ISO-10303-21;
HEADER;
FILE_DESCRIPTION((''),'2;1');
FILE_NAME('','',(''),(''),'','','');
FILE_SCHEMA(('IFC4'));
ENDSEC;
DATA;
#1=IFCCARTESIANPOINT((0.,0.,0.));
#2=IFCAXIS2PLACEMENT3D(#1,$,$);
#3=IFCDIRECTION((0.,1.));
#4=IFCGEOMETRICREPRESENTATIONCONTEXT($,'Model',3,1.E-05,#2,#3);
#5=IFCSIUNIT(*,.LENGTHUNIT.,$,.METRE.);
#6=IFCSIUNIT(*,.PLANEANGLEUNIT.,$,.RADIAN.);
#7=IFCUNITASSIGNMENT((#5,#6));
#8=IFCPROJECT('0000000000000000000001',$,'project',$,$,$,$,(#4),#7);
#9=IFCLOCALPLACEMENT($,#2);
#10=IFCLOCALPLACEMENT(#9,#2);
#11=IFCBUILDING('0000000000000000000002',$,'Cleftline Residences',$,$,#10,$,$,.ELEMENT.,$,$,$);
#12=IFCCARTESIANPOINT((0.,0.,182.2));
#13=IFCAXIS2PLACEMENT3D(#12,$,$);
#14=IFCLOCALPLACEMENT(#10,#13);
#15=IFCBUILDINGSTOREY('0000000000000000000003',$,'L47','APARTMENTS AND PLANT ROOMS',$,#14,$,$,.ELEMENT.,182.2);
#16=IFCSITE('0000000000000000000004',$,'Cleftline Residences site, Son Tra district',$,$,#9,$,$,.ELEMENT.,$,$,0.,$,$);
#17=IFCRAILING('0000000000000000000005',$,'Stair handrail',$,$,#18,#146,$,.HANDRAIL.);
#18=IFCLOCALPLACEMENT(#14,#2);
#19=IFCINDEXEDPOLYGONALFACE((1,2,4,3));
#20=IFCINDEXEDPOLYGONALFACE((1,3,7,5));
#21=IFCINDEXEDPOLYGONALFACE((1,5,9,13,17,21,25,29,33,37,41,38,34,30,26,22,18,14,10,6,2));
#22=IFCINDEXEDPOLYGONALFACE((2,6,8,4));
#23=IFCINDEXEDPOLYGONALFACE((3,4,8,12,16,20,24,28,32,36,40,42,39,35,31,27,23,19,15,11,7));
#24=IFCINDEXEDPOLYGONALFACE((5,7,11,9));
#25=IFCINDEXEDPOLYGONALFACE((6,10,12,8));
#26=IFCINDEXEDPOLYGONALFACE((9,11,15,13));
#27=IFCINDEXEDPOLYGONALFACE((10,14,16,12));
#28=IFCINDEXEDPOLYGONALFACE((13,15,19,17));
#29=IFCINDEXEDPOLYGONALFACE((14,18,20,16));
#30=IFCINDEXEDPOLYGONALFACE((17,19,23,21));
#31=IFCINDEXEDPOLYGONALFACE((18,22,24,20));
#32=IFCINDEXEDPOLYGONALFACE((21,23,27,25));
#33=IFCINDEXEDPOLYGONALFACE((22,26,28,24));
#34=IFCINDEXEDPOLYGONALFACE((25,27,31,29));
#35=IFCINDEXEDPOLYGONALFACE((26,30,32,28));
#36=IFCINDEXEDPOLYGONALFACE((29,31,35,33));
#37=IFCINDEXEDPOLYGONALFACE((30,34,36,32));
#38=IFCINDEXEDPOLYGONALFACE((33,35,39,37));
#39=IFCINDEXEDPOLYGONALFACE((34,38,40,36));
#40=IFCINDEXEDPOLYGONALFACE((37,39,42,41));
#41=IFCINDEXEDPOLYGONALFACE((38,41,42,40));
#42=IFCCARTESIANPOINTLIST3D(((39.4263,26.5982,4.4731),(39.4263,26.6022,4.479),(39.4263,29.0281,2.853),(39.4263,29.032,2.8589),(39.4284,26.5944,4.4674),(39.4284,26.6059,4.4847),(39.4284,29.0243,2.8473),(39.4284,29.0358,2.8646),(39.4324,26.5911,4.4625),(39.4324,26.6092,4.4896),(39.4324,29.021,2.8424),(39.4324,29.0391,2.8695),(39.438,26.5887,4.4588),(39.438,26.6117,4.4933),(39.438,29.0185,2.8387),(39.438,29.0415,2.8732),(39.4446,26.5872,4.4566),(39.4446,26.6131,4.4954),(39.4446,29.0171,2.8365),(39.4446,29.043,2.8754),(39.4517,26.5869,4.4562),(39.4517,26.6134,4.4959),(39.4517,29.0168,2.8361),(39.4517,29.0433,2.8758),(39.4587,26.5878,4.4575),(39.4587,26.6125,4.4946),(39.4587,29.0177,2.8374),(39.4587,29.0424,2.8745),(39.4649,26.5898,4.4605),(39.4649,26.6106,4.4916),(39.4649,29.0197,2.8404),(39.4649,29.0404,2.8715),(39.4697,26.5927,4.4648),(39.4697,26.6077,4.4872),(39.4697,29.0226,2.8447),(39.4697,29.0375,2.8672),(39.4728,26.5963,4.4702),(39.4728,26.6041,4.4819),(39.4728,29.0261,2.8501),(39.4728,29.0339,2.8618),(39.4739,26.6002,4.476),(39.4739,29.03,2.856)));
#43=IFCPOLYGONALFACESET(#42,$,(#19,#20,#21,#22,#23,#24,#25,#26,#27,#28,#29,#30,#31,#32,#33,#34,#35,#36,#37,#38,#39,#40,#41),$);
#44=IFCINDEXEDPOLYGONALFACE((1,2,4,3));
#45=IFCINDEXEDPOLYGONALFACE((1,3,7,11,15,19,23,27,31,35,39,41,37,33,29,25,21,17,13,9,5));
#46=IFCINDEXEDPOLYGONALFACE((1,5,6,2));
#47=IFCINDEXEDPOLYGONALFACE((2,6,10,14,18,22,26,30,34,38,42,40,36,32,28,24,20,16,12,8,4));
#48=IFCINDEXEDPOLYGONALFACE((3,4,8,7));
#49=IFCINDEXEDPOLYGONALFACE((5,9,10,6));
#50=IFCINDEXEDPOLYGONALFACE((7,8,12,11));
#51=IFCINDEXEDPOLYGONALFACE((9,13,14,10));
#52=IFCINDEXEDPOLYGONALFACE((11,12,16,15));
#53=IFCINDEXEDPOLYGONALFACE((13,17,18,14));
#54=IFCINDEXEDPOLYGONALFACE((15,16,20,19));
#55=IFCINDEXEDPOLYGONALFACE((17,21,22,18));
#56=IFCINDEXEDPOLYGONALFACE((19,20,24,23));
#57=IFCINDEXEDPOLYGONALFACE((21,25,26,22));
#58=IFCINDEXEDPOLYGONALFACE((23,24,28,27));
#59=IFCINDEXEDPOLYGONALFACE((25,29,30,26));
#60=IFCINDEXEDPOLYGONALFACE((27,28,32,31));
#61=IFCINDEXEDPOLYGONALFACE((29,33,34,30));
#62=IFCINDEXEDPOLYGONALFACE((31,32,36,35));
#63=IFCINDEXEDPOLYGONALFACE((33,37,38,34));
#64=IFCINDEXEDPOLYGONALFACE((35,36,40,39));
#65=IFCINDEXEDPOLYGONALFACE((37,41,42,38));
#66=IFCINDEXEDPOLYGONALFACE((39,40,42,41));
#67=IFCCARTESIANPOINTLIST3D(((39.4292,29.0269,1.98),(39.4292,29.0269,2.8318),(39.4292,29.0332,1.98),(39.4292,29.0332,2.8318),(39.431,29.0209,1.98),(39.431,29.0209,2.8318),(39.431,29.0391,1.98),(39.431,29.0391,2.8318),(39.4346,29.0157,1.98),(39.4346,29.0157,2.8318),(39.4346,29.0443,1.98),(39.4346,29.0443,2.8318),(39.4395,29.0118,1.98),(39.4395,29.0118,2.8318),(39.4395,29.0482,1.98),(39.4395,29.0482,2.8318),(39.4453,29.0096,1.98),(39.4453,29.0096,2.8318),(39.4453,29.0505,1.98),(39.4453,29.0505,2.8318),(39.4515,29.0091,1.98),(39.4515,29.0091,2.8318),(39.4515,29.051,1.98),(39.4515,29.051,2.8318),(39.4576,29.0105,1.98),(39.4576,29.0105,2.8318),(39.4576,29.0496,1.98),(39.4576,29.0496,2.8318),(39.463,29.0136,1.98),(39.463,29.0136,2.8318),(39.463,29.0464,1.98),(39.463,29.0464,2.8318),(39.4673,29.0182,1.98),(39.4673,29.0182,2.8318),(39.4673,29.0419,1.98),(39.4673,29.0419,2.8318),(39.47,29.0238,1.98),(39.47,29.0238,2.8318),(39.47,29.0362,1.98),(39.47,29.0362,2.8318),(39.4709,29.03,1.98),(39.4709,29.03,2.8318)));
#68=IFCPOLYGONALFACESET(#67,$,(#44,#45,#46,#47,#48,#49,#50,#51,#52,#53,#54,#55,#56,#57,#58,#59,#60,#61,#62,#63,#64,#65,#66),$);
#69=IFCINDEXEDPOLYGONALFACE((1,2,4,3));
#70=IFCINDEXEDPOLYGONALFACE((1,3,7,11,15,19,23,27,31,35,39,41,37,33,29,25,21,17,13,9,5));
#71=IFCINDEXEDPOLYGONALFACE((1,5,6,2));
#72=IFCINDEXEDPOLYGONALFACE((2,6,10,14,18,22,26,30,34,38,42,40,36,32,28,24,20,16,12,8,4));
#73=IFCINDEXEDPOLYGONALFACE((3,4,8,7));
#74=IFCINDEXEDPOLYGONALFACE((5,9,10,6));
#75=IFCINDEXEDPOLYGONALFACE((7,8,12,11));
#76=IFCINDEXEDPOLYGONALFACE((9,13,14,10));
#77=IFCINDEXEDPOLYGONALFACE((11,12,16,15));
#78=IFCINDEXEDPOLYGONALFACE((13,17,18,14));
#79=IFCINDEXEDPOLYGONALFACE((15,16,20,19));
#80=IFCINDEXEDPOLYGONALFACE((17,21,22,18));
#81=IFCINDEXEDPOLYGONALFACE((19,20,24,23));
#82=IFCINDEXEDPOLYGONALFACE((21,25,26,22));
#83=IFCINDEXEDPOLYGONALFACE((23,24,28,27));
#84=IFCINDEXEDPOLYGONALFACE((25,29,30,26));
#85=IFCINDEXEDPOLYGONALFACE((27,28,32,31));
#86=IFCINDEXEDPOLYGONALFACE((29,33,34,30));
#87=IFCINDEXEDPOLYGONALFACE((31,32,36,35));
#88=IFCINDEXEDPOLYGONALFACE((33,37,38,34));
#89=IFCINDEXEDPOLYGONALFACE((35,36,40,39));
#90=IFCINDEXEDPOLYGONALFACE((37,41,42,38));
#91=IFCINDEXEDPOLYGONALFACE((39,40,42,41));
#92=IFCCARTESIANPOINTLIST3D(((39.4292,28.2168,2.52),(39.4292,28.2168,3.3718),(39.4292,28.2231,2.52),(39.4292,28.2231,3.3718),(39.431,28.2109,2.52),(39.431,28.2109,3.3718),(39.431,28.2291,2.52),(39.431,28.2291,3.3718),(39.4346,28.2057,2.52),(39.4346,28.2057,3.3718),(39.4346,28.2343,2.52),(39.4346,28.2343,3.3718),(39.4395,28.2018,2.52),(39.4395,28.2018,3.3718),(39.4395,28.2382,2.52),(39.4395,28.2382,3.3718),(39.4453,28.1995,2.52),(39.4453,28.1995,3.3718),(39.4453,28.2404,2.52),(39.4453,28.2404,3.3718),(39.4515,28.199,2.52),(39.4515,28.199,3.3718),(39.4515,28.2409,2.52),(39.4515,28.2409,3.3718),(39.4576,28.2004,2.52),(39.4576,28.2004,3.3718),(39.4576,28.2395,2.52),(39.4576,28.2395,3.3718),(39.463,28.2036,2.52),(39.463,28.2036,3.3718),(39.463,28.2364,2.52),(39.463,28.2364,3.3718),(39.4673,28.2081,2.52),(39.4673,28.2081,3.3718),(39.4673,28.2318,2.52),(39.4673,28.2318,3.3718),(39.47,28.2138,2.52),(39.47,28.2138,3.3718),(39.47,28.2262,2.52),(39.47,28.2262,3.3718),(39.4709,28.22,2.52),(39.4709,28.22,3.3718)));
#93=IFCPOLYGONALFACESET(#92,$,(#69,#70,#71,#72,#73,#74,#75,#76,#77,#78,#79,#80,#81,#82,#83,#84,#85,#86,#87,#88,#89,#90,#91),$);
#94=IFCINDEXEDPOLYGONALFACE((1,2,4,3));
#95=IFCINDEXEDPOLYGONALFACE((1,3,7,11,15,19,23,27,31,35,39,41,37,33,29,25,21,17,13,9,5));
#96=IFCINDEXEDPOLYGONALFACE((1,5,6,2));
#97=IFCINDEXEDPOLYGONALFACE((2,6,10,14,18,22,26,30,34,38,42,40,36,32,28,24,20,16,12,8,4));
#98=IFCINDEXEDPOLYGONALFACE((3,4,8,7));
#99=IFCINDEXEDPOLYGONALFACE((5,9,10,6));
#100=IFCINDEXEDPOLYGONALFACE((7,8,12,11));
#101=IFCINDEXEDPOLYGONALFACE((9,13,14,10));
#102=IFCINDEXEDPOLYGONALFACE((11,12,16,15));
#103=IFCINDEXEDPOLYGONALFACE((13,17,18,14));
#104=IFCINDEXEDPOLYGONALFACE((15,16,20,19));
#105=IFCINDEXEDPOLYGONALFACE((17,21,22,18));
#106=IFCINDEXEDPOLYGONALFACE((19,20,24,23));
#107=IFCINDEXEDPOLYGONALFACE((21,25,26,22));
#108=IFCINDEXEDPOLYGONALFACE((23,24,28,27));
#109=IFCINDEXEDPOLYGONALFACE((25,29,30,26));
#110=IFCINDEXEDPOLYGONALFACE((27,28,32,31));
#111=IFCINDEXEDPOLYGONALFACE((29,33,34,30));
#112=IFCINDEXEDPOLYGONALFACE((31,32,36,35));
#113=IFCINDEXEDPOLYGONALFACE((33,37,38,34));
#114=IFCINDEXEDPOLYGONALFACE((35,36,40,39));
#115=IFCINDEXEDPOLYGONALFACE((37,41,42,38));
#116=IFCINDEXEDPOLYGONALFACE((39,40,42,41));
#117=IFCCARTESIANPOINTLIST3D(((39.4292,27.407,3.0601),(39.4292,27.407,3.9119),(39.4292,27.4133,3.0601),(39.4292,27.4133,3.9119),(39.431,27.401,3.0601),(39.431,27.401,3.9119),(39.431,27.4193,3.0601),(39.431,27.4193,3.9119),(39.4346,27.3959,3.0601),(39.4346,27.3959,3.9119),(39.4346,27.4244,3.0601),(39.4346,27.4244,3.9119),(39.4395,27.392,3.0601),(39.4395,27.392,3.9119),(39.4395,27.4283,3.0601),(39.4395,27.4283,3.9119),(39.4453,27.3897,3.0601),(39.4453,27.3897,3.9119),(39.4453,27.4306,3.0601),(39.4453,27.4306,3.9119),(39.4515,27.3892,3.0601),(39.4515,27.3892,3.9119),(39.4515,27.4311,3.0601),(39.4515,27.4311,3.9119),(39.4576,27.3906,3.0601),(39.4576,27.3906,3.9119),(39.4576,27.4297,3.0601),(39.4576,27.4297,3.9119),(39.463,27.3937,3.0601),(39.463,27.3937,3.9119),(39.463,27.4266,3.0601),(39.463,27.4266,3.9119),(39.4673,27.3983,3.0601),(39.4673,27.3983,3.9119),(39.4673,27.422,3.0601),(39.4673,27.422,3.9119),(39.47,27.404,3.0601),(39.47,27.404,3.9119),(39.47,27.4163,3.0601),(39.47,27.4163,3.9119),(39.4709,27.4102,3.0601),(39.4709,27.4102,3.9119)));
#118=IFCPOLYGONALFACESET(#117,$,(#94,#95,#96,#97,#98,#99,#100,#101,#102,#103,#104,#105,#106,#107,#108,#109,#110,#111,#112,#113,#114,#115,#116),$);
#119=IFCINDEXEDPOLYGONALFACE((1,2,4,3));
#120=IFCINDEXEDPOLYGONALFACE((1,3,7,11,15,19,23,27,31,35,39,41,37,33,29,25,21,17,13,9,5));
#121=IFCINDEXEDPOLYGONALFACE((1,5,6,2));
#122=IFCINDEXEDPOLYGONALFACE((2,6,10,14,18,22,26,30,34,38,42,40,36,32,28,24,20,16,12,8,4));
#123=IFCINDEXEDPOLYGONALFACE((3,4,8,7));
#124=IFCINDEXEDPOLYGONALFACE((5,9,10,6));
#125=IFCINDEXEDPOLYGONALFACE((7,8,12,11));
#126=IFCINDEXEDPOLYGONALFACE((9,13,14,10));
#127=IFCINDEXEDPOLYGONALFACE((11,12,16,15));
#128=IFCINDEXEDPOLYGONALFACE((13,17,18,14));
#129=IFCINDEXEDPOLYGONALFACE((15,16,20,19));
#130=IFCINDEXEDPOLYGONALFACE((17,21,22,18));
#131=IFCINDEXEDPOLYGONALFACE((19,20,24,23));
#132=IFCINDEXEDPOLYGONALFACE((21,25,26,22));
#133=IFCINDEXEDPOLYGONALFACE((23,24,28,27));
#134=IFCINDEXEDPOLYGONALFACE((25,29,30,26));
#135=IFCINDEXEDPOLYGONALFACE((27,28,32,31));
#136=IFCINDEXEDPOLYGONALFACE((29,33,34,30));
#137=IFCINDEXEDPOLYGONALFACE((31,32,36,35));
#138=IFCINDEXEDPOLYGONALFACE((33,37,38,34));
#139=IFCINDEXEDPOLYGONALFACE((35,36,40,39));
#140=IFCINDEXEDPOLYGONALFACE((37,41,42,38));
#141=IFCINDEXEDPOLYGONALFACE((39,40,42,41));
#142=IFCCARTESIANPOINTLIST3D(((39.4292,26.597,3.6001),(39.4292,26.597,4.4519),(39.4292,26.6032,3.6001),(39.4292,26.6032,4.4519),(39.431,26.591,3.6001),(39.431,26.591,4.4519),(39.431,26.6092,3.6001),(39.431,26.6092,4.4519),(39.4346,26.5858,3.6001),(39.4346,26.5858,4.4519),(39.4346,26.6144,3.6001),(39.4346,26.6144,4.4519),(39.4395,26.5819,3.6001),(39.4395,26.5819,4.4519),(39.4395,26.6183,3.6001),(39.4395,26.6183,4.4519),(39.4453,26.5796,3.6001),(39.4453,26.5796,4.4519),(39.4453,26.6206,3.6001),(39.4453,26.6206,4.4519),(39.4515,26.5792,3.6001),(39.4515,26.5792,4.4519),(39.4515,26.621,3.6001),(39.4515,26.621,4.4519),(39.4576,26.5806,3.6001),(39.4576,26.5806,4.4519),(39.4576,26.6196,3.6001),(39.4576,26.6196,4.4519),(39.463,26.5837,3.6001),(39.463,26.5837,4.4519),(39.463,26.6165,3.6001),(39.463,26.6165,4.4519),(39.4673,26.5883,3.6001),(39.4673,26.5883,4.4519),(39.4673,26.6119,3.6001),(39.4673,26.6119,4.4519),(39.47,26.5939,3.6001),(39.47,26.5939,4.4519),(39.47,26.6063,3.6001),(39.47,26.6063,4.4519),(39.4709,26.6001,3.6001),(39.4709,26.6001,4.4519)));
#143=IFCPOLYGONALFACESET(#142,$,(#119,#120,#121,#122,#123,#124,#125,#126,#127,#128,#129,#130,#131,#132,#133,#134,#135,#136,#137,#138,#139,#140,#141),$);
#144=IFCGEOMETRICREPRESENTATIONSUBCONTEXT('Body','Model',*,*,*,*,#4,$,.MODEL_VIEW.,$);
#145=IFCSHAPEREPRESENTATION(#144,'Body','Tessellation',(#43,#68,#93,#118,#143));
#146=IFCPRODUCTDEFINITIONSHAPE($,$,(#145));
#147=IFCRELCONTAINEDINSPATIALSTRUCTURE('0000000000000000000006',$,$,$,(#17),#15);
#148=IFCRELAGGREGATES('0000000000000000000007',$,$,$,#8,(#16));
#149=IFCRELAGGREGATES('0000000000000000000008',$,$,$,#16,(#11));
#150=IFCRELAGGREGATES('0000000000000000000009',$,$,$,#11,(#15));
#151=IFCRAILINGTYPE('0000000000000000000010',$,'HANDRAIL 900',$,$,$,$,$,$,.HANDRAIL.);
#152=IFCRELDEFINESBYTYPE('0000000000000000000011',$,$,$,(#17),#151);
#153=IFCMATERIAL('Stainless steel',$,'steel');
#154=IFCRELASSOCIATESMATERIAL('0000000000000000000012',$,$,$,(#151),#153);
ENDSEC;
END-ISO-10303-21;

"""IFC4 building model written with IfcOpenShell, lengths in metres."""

from ifc_helpers import new_model, si_unit, direction, frame, origin, origin_2d, place, context, subcontext, project, spatial, circle, extrude, material, type_object, element, save


model = new_model("IFC4")

# Units and contexts
model_context = context("Model", 3, precision=1e-05, world=origin(), true_north=direction((0.0, 1.0)))
body_context = subcontext(model_context, "Body", "Model", "MODEL_VIEW")
ifc_project = project(units=[si_unit("LENGTHUNIT", "METRE"), si_unit("PLANEANGLEUNIT", "RADIAN")], contexts=[model_context])

# Site, building, storey
site_placement = place(None, origin())
site = spatial("IfcSite", under=ifc_project, at=site_placement, Name="Cleftline Residences site, Son Tra district", CompositionType="ELEMENT", RefElevation=0.0)
building_placement = place(site_placement, origin())
building = spatial("IfcBuilding", under=site, at=building_placement, Name="Cleftline Residences", CompositionType="ELEMENT")
storey_placement = place(building_placement, frame((0.0, 0.0, 182.2)))
storey = spatial("IfcBuildingStorey", under=building, at=storey_placement, Name="L47", Description="APARTMENTS AND PLANT ROOMS", CompositionType="ELEMENT", Elevation=182.2)

# Railing
ifc_material_1 = material(Name="Stainless steel", Category="steel")
railing_type = type_object("IfcRailingType", Name="HANDRAIL 900", PredefinedType="HANDRAIL", material=ifc_material_1)
railing_1_placement = place(storey_placement, frame((39.45, 29.03, 1.98)))
element("IfcRailing", 1, at=railing_1_placement, inside=storey, type_object=railing_type, Name="Stair handrail", PredefinedType="HANDRAIL", context=body_context, shape_type="SweptSolid", body=[
    extrude(circle(Radius=0.0239, at=origin_2d()), frame((0.0, 0.0, 0.876), z_axis=(0.0, -0.832025, 0.554739), x_axis=(1.0, 0.0, 0.0)), (0.0, 0.0, 1.0), 2.9204),
    extrude(circle(Radius=0.021, at=origin_2d()), origin(), (0.0, 0.0, 1.0), 0.8518),
    extrude(circle(Radius=0.021, at=origin_2d()), frame((0.0, -0.8101, 0.54)), (0.0, 0.0, 1.0), 0.8518),
    extrude(circle(Radius=0.021, at=origin_2d()), frame((0.0, -1.6199, 1.0801)), (0.0, 0.0, 1.0), 0.8518),
    extrude(circle(Radius=0.021, at=origin_2d()), frame((0.0, -2.4299, 1.6201)), (0.0, 0.0, 1.0), 0.8518),
])

save(model, "model.ifc")
